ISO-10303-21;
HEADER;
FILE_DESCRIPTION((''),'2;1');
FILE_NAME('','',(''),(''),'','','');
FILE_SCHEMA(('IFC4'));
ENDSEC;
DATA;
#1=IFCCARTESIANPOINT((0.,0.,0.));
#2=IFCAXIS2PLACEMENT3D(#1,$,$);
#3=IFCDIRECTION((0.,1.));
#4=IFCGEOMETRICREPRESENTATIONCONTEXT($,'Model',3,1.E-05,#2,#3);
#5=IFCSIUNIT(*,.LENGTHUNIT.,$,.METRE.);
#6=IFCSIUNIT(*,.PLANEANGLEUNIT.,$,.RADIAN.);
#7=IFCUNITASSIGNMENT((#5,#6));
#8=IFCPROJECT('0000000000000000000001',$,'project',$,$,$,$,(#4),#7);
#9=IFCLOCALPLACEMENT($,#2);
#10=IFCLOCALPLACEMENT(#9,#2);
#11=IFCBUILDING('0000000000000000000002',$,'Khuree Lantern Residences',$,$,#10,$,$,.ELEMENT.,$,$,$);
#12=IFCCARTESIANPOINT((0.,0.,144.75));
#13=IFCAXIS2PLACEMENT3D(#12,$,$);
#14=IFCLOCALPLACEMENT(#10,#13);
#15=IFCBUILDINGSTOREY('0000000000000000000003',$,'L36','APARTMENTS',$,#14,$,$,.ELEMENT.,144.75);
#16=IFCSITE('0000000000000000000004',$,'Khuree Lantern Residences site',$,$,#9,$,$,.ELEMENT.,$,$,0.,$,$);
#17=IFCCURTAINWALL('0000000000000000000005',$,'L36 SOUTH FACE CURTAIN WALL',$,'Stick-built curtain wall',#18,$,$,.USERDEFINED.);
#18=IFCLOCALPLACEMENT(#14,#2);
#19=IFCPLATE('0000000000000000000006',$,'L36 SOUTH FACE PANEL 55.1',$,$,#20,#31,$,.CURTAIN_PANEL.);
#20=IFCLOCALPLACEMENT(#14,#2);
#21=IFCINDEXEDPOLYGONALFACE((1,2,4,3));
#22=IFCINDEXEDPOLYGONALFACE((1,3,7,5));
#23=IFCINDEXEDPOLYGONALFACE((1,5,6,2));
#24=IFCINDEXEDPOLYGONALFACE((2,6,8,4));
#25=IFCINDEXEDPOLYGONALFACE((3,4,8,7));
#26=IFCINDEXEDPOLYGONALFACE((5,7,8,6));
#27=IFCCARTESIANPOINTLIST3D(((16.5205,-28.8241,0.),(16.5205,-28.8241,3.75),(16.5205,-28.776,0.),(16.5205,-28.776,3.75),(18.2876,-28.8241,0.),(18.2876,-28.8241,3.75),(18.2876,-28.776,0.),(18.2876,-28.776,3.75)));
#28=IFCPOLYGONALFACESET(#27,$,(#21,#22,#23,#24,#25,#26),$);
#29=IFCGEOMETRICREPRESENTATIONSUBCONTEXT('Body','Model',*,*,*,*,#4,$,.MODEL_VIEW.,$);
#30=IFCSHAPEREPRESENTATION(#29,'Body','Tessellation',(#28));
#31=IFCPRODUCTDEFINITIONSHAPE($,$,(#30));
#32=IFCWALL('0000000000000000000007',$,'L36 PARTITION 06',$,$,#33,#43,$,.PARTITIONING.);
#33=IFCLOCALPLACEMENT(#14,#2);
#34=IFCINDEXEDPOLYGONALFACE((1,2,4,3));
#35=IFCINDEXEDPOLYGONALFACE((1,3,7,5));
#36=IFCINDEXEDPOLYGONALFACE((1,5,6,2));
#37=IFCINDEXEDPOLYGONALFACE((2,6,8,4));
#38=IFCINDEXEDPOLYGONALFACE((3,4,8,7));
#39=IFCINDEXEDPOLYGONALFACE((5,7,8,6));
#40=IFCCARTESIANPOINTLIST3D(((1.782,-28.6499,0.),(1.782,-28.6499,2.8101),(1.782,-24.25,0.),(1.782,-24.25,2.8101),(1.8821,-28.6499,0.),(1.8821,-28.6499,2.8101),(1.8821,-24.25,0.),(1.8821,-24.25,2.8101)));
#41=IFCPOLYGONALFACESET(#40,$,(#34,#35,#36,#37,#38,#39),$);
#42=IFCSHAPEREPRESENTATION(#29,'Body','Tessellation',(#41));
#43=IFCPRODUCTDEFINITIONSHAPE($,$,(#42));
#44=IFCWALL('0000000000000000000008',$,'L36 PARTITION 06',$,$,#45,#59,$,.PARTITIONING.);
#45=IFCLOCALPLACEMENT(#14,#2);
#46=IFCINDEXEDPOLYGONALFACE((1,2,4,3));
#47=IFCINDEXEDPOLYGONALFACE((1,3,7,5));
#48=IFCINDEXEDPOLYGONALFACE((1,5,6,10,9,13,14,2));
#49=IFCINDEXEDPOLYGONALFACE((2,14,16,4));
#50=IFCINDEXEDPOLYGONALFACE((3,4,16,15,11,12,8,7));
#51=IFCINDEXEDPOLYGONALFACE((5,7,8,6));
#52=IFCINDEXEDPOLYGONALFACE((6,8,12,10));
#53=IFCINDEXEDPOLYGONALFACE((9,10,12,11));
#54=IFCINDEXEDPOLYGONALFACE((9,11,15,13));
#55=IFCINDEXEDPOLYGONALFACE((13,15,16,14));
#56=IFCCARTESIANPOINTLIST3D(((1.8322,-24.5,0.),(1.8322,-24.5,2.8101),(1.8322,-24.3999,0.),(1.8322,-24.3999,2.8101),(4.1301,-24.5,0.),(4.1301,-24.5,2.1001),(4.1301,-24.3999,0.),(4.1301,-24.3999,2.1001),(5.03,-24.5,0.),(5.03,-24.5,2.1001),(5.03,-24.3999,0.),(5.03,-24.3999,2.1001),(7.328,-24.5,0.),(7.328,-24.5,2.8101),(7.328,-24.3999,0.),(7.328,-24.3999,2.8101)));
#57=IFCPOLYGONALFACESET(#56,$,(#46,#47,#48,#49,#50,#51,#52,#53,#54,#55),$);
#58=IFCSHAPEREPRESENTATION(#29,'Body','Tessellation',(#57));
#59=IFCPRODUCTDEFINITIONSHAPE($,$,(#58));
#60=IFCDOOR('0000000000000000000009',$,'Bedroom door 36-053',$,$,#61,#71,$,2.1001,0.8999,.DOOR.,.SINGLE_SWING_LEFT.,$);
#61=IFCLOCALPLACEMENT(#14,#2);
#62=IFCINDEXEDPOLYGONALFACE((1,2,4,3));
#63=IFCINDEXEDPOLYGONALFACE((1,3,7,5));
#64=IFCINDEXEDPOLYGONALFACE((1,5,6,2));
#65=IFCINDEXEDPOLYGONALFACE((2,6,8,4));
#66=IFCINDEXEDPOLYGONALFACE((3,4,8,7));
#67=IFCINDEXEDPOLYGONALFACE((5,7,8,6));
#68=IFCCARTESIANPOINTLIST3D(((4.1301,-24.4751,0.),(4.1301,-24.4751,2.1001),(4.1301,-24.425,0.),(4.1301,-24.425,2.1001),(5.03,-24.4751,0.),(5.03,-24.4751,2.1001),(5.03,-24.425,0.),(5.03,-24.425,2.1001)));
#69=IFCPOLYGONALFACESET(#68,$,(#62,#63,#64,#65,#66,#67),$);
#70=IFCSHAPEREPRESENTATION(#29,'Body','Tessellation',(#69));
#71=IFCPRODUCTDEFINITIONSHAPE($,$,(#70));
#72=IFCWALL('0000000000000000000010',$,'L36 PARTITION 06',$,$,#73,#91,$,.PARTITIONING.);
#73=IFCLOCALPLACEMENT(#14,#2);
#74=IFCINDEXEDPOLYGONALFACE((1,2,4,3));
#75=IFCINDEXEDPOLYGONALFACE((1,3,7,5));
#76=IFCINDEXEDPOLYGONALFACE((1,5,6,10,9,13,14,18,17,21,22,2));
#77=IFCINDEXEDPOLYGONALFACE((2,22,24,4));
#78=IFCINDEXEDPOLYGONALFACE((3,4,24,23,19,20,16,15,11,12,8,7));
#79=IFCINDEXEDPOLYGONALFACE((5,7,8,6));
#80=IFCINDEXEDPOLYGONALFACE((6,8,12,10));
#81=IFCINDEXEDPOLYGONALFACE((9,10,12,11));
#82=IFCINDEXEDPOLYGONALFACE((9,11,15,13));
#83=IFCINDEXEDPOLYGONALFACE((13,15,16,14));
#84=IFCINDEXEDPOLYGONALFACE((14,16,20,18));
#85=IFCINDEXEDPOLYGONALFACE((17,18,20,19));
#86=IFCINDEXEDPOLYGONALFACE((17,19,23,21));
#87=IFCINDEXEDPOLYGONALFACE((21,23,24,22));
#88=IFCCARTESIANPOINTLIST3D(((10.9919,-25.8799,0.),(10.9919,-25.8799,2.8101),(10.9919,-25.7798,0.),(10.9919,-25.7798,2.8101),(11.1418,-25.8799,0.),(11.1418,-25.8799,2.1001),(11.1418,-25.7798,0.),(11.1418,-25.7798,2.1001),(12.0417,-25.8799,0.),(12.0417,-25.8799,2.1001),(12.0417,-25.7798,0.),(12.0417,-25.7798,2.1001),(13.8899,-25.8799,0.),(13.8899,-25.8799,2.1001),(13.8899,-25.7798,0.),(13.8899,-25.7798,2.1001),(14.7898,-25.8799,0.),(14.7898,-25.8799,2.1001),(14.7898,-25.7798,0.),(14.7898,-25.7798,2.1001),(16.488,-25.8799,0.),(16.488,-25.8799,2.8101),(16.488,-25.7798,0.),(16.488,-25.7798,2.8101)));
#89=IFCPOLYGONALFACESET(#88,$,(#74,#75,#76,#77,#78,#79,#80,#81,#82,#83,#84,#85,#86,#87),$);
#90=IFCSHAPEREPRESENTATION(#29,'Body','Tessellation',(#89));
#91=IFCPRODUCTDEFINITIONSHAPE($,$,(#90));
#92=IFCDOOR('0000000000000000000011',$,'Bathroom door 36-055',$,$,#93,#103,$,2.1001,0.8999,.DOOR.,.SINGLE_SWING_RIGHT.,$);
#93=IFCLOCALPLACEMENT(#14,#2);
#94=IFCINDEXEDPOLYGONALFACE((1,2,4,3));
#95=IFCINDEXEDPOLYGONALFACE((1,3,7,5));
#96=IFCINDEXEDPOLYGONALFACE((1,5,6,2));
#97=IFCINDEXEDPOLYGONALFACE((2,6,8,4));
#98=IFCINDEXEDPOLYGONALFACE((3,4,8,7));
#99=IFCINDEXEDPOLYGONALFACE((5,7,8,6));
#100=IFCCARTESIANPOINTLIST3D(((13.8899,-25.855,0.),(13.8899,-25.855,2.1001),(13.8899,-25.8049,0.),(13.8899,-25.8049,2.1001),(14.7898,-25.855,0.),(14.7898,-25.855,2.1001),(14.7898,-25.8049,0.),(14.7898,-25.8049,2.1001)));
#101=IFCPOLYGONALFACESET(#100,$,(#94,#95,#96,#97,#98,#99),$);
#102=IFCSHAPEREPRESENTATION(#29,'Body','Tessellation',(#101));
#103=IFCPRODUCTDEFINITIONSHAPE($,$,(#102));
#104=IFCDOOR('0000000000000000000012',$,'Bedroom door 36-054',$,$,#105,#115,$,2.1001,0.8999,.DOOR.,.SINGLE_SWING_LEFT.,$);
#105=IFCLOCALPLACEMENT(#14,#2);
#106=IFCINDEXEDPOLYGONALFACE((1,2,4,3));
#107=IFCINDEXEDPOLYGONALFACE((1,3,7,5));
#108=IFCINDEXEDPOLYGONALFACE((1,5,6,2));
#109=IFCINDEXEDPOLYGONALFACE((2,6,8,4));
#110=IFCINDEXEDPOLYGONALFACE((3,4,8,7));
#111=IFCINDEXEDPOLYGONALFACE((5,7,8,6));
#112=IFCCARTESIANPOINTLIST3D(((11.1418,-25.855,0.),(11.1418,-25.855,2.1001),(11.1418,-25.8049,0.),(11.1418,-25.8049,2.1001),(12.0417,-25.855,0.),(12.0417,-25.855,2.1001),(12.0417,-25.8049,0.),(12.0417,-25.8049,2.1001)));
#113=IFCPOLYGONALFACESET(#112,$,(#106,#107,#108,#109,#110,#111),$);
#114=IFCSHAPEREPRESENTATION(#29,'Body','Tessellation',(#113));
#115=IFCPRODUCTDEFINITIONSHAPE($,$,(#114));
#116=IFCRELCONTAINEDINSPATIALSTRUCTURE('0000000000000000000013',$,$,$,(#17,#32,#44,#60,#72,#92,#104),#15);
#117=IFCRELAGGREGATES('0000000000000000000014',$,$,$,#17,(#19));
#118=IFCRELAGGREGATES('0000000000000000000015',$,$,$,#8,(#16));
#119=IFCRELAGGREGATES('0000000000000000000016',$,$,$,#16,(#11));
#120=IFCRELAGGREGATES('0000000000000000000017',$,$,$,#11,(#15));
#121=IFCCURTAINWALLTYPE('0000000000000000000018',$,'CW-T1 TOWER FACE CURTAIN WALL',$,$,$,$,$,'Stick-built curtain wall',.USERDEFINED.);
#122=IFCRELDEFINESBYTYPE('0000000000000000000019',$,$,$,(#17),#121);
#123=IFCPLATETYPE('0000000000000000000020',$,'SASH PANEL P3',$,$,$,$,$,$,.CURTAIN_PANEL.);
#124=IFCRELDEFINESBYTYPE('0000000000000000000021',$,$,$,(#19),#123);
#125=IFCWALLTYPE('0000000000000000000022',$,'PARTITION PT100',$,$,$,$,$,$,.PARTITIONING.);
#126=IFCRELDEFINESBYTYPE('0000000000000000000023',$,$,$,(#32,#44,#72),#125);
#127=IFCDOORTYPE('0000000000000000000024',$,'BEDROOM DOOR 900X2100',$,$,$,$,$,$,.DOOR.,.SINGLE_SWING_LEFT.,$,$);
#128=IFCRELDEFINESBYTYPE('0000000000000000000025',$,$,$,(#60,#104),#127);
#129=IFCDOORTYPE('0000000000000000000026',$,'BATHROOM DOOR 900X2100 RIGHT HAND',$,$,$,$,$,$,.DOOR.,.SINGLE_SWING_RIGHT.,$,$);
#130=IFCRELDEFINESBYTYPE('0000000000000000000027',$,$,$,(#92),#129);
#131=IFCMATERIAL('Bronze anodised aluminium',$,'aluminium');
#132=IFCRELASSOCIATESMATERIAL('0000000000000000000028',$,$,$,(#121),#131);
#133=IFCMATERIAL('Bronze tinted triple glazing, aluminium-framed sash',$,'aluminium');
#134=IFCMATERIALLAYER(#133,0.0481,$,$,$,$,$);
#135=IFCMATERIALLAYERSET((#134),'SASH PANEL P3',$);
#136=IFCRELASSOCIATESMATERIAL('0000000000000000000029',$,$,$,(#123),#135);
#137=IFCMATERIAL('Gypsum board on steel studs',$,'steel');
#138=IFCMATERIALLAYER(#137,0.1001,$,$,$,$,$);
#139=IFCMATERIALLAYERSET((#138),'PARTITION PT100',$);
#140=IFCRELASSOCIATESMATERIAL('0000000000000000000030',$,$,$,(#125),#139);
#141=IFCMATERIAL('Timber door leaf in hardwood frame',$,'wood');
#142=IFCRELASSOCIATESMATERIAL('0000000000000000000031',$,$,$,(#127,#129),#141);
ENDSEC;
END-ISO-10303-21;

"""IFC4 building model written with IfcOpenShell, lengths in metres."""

from ifc_helpers import new_model, si_unit, direction, frame, frame_2d, origin, origin_2d, place, context, subcontext, project, spatial, rectangle, extrude, material, layer, layer_set, type_object, element, fill, aggregate, save


model = new_model("IFC4")

# Units and contexts
model_context = context("Model", 3, precision=1e-05, world=origin(), true_north=direction((0.0, 1.0)))
body_context = subcontext(model_context, "Body", "Model", "MODEL_VIEW")
ifc_project = project(units=[si_unit("LENGTHUNIT", "METRE"), si_unit("PLANEANGLEUNIT", "RADIAN")], contexts=[model_context])

# Site, building, storey
site_placement = place(None, origin())
site = spatial("IfcSite", under=ifc_project, at=site_placement, Name="Khuree Lantern Residences site", CompositionType="ELEMENT", RefElevation=0.0)
building_placement = place(site_placement, origin())
building = spatial("IfcBuilding", under=site, at=building_placement, Name="Khuree Lantern Residences", CompositionType="ELEMENT")
storey_placement = place(building_placement, frame((0.0, 0.0, 144.75)))
storey = spatial("IfcBuildingStorey", under=building, at=storey_placement, Name="L36", Description="APARTMENTS", CompositionType="ELEMENT", Elevation=144.75)

# Curtain wall
ifc_material_1 = material(Name="Bronze anodised aluminium", Category="aluminium")
curtain_wall_type = type_object("IfcCurtainWallType", Name="CW-T1 TOWER FACE CURTAIN WALL", ElementType="Stick-built curtain wall", PredefinedType="USERDEFINED", material=ifc_material_1)
curtain_wall_placement = place(storey_placement, origin())
curtain_wall = element("IfcCurtainWall", 1, at=curtain_wall_placement, inside=storey, type_object=curtain_wall_type, Name="L36 SOUTH FACE CURTAIN WALL", ObjectType="Stick-built curtain wall", PredefinedType="USERDEFINED")

# Plate
ifc_material_2 = material(Name="Bronze tinted triple glazing, aluminium-framed sash", Category="aluminium")
ifc_layer_1 = layer(ifc_material_2, 0.0481)
ifc_layer_set_1 = layer_set([ifc_layer_1], Name="SASH PANEL P3")
plate_type_1 = type_object("IfcPlateType", Name="SASH PANEL P3", PredefinedType="CURTAIN_PANEL", material=ifc_layer_set_1)
plate_1_placement = place(storey_placement, frame((17.4041, -28.8, 0.0), z_axis=(0.0, 0.0, 1.0), x_axis=(1.0, 0.0, 0.0)))
plate_1 = element("IfcPlate", 2, at=plate_1_placement, type_object=plate_type_1, Name="L36 SOUTH FACE PANEL 55.1", PredefinedType="CURTAIN_PANEL", context=body_context, shape_type="SweptSolid", body=[
    extrude(rectangle(XDim=1.7671, YDim=0.0481, at=origin_2d()), origin(), (0.0, 0.0, 1.0), 3.75),
])
aggregate(curtain_wall, [plate_1])

# Wall
ifc_material_3 = material(Name="Gypsum board on steel studs", Category="steel")
ifc_layer_2 = layer(ifc_material_3, 0.1001)
ifc_layer_set_2 = layer_set([ifc_layer_2], Name="PARTITION PT100")
wall_type = type_object("IfcWallType", Name="PARTITION PT100", PredefinedType="PARTITIONING", material=ifc_layer_set_2)
wall_1_placement = place(storey_placement, frame((1.832, -24.25, 0.0), z_axis=(0.0, 0.0, 1.0), x_axis=(0.0, -1.0, 0.0)))
element("IfcWall", 3, at=wall_1_placement, inside=storey, type_object=wall_type, Name="L36 PARTITION 06", PredefinedType="PARTITIONING", context=body_context, shape_type="SweptSolid", body=[
    extrude(rectangle(XDim=4.3999, YDim=0.1001, at=frame_2d((2.2, 0.0))), origin(), (0.0, 0.0, 1.0), 2.8101),
])

# Wall, opening, door
wall_2_placement = place(storey_placement, frame((1.832, -24.45, 0.0), z_axis=(0.0, 0.0, 1.0), x_axis=(1.0, 0.0, 0.0)))
wall_2 = element("IfcWall", 4, at=wall_2_placement, inside=storey, type_object=wall_type, Name="L36 PARTITION 06", PredefinedType="PARTITIONING", context=body_context, shape_type="SweptSolid", body=[
    extrude(rectangle(XDim=5.4958, YDim=0.1001, at=frame_2d((2.748, 0.0))), origin(), (0.0, 0.0, 1.0), 2.8101),
])
opening_1_placement = place(wall_2_placement, frame((2.2981, 0.0, 0.0)))
opening_1 = element("IfcOpeningElement", 5, at=opening_1_placement, cuts=wall_2, PredefinedType="OPENING", context=body_context, shape_type="SweptSolid", body=[
    extrude(rectangle(XDim=0.8999, YDim=2.1001, at=frame_2d((0.45, 1.05))), frame((0.0, 0.0601, 0.0), z_axis=(0.0, -1.0, 0.0), x_axis=(1.0, 0.0, 0.0)), (0.0, 0.0, 1.0), 0.1201),
])
ifc_material_4 = material(Name="Timber door leaf in hardwood frame", Category="wood")
door_type_1 = type_object("IfcDoorType", Name="BEDROOM DOOR 900X2100", OperationType="SINGLE_SWING_LEFT", PredefinedType="DOOR", material=ifc_material_4)
door_1_placement = place(opening_1_placement, origin())
door_1 = element("IfcDoor", 6, at=door_1_placement, inside=storey, type_object=door_type_1, Name="Bedroom door 36-053", OperationType="SINGLE_SWING_LEFT", OverallHeight=2.1001, OverallWidth=0.8999, PredefinedType="DOOR", context=body_context, shape_type="SweptSolid", body=[
    extrude(rectangle(XDim=0.8999, YDim=2.1001, at=frame_2d((0.45, 1.05))), frame((0.0, 0.0249, 0.0), z_axis=(0.0, -1.0, 0.0), x_axis=(1.0, 0.0, 0.0)), (0.0, 0.0, 1.0), 0.05),
])
fill(opening_1, door_1)

# Wall, openings, doors
wall_3_placement = place(storey_placement, frame((10.9919, -25.8298, 0.0), z_axis=(0.0, 0.0, 1.0), x_axis=(1.0, 0.0, 0.0)))
wall_3 = element("IfcWall", 7, at=wall_3_placement, inside=storey, type_object=wall_type, Name="L36 PARTITION 06", PredefinedType="PARTITIONING", context=body_context, shape_type="SweptSolid", body=[
    extrude(rectangle(XDim=5.4961, YDim=0.1001, at=frame_2d((2.748, 0.0))), origin(), (0.0, 0.0, 1.0), 2.8101),
])
opening_2_placement = place(wall_3_placement, frame((0.1499, 0.0, 0.0)))
opening_2 = element("IfcOpeningElement", 8, at=opening_2_placement, cuts=wall_3, PredefinedType="OPENING", context=body_context, shape_type="SweptSolid", body=[
    extrude(rectangle(XDim=0.8999, YDim=2.1001, at=frame_2d((0.45, 1.05))), frame((0.0, 0.0601, 0.0), z_axis=(0.0, -1.0, 0.0), x_axis=(1.0, 0.0, 0.0)), (0.0, 0.0, 1.0), 0.1201),
])
opening_3_placement = place(wall_3_placement, frame((2.8979, 0.0, 0.0)))
opening_3 = element("IfcOpeningElement", 9, at=opening_3_placement, cuts=wall_3, PredefinedType="OPENING", context=body_context, shape_type="SweptSolid", body=[
    extrude(rectangle(XDim=0.8999, YDim=2.1001, at=frame_2d((0.45, 1.05))), frame((0.0, 0.0601, 0.0), z_axis=(0.0, -1.0, 0.0), x_axis=(1.0, 0.0, 0.0)), (0.0, 0.0, 1.0), 0.1201),
])
door_type_2 = type_object("IfcDoorType", Name="BATHROOM DOOR 900X2100 RIGHT HAND", OperationType="SINGLE_SWING_RIGHT", PredefinedType="DOOR", material=ifc_material_4)
door_2_placement = place(opening_3_placement, origin())
door_2 = element("IfcDoor", 10, at=door_2_placement, inside=storey, type_object=door_type_2, Name="Bathroom door 36-055", OperationType="SINGLE_SWING_RIGHT", OverallHeight=2.1001, OverallWidth=0.8999, PredefinedType="DOOR", context=body_context, shape_type="SweptSolid", body=[
    extrude(rectangle(XDim=0.8999, YDim=2.1001, at=frame_2d((0.45, 1.05))), frame((0.0, 0.0249, 0.0), z_axis=(0.0, -1.0, 0.0), x_axis=(1.0, 0.0, 0.0)), (0.0, 0.0, 1.0), 0.05),
])
fill(opening_3, door_2)
door_3_placement = place(opening_2_placement, origin())
door_3 = element("IfcDoor", 11, at=door_3_placement, inside=storey, type_object=door_type_1, Name="Bedroom door 36-054", OperationType="SINGLE_SWING_LEFT", OverallHeight=2.1001, OverallWidth=0.8999, PredefinedType="DOOR", context=body_context, shape_type="SweptSolid", body=[
    extrude(rectangle(XDim=0.8999, YDim=2.1001, at=frame_2d((0.45, 1.05))), frame((0.0, 0.0249, 0.0), z_axis=(0.0, -1.0, 0.0), x_axis=(1.0, 0.0, 0.0)), (0.0, 0.0, 1.0), 0.05),
])
fill(opening_2, door_3)

save(model, "model.ifc")
